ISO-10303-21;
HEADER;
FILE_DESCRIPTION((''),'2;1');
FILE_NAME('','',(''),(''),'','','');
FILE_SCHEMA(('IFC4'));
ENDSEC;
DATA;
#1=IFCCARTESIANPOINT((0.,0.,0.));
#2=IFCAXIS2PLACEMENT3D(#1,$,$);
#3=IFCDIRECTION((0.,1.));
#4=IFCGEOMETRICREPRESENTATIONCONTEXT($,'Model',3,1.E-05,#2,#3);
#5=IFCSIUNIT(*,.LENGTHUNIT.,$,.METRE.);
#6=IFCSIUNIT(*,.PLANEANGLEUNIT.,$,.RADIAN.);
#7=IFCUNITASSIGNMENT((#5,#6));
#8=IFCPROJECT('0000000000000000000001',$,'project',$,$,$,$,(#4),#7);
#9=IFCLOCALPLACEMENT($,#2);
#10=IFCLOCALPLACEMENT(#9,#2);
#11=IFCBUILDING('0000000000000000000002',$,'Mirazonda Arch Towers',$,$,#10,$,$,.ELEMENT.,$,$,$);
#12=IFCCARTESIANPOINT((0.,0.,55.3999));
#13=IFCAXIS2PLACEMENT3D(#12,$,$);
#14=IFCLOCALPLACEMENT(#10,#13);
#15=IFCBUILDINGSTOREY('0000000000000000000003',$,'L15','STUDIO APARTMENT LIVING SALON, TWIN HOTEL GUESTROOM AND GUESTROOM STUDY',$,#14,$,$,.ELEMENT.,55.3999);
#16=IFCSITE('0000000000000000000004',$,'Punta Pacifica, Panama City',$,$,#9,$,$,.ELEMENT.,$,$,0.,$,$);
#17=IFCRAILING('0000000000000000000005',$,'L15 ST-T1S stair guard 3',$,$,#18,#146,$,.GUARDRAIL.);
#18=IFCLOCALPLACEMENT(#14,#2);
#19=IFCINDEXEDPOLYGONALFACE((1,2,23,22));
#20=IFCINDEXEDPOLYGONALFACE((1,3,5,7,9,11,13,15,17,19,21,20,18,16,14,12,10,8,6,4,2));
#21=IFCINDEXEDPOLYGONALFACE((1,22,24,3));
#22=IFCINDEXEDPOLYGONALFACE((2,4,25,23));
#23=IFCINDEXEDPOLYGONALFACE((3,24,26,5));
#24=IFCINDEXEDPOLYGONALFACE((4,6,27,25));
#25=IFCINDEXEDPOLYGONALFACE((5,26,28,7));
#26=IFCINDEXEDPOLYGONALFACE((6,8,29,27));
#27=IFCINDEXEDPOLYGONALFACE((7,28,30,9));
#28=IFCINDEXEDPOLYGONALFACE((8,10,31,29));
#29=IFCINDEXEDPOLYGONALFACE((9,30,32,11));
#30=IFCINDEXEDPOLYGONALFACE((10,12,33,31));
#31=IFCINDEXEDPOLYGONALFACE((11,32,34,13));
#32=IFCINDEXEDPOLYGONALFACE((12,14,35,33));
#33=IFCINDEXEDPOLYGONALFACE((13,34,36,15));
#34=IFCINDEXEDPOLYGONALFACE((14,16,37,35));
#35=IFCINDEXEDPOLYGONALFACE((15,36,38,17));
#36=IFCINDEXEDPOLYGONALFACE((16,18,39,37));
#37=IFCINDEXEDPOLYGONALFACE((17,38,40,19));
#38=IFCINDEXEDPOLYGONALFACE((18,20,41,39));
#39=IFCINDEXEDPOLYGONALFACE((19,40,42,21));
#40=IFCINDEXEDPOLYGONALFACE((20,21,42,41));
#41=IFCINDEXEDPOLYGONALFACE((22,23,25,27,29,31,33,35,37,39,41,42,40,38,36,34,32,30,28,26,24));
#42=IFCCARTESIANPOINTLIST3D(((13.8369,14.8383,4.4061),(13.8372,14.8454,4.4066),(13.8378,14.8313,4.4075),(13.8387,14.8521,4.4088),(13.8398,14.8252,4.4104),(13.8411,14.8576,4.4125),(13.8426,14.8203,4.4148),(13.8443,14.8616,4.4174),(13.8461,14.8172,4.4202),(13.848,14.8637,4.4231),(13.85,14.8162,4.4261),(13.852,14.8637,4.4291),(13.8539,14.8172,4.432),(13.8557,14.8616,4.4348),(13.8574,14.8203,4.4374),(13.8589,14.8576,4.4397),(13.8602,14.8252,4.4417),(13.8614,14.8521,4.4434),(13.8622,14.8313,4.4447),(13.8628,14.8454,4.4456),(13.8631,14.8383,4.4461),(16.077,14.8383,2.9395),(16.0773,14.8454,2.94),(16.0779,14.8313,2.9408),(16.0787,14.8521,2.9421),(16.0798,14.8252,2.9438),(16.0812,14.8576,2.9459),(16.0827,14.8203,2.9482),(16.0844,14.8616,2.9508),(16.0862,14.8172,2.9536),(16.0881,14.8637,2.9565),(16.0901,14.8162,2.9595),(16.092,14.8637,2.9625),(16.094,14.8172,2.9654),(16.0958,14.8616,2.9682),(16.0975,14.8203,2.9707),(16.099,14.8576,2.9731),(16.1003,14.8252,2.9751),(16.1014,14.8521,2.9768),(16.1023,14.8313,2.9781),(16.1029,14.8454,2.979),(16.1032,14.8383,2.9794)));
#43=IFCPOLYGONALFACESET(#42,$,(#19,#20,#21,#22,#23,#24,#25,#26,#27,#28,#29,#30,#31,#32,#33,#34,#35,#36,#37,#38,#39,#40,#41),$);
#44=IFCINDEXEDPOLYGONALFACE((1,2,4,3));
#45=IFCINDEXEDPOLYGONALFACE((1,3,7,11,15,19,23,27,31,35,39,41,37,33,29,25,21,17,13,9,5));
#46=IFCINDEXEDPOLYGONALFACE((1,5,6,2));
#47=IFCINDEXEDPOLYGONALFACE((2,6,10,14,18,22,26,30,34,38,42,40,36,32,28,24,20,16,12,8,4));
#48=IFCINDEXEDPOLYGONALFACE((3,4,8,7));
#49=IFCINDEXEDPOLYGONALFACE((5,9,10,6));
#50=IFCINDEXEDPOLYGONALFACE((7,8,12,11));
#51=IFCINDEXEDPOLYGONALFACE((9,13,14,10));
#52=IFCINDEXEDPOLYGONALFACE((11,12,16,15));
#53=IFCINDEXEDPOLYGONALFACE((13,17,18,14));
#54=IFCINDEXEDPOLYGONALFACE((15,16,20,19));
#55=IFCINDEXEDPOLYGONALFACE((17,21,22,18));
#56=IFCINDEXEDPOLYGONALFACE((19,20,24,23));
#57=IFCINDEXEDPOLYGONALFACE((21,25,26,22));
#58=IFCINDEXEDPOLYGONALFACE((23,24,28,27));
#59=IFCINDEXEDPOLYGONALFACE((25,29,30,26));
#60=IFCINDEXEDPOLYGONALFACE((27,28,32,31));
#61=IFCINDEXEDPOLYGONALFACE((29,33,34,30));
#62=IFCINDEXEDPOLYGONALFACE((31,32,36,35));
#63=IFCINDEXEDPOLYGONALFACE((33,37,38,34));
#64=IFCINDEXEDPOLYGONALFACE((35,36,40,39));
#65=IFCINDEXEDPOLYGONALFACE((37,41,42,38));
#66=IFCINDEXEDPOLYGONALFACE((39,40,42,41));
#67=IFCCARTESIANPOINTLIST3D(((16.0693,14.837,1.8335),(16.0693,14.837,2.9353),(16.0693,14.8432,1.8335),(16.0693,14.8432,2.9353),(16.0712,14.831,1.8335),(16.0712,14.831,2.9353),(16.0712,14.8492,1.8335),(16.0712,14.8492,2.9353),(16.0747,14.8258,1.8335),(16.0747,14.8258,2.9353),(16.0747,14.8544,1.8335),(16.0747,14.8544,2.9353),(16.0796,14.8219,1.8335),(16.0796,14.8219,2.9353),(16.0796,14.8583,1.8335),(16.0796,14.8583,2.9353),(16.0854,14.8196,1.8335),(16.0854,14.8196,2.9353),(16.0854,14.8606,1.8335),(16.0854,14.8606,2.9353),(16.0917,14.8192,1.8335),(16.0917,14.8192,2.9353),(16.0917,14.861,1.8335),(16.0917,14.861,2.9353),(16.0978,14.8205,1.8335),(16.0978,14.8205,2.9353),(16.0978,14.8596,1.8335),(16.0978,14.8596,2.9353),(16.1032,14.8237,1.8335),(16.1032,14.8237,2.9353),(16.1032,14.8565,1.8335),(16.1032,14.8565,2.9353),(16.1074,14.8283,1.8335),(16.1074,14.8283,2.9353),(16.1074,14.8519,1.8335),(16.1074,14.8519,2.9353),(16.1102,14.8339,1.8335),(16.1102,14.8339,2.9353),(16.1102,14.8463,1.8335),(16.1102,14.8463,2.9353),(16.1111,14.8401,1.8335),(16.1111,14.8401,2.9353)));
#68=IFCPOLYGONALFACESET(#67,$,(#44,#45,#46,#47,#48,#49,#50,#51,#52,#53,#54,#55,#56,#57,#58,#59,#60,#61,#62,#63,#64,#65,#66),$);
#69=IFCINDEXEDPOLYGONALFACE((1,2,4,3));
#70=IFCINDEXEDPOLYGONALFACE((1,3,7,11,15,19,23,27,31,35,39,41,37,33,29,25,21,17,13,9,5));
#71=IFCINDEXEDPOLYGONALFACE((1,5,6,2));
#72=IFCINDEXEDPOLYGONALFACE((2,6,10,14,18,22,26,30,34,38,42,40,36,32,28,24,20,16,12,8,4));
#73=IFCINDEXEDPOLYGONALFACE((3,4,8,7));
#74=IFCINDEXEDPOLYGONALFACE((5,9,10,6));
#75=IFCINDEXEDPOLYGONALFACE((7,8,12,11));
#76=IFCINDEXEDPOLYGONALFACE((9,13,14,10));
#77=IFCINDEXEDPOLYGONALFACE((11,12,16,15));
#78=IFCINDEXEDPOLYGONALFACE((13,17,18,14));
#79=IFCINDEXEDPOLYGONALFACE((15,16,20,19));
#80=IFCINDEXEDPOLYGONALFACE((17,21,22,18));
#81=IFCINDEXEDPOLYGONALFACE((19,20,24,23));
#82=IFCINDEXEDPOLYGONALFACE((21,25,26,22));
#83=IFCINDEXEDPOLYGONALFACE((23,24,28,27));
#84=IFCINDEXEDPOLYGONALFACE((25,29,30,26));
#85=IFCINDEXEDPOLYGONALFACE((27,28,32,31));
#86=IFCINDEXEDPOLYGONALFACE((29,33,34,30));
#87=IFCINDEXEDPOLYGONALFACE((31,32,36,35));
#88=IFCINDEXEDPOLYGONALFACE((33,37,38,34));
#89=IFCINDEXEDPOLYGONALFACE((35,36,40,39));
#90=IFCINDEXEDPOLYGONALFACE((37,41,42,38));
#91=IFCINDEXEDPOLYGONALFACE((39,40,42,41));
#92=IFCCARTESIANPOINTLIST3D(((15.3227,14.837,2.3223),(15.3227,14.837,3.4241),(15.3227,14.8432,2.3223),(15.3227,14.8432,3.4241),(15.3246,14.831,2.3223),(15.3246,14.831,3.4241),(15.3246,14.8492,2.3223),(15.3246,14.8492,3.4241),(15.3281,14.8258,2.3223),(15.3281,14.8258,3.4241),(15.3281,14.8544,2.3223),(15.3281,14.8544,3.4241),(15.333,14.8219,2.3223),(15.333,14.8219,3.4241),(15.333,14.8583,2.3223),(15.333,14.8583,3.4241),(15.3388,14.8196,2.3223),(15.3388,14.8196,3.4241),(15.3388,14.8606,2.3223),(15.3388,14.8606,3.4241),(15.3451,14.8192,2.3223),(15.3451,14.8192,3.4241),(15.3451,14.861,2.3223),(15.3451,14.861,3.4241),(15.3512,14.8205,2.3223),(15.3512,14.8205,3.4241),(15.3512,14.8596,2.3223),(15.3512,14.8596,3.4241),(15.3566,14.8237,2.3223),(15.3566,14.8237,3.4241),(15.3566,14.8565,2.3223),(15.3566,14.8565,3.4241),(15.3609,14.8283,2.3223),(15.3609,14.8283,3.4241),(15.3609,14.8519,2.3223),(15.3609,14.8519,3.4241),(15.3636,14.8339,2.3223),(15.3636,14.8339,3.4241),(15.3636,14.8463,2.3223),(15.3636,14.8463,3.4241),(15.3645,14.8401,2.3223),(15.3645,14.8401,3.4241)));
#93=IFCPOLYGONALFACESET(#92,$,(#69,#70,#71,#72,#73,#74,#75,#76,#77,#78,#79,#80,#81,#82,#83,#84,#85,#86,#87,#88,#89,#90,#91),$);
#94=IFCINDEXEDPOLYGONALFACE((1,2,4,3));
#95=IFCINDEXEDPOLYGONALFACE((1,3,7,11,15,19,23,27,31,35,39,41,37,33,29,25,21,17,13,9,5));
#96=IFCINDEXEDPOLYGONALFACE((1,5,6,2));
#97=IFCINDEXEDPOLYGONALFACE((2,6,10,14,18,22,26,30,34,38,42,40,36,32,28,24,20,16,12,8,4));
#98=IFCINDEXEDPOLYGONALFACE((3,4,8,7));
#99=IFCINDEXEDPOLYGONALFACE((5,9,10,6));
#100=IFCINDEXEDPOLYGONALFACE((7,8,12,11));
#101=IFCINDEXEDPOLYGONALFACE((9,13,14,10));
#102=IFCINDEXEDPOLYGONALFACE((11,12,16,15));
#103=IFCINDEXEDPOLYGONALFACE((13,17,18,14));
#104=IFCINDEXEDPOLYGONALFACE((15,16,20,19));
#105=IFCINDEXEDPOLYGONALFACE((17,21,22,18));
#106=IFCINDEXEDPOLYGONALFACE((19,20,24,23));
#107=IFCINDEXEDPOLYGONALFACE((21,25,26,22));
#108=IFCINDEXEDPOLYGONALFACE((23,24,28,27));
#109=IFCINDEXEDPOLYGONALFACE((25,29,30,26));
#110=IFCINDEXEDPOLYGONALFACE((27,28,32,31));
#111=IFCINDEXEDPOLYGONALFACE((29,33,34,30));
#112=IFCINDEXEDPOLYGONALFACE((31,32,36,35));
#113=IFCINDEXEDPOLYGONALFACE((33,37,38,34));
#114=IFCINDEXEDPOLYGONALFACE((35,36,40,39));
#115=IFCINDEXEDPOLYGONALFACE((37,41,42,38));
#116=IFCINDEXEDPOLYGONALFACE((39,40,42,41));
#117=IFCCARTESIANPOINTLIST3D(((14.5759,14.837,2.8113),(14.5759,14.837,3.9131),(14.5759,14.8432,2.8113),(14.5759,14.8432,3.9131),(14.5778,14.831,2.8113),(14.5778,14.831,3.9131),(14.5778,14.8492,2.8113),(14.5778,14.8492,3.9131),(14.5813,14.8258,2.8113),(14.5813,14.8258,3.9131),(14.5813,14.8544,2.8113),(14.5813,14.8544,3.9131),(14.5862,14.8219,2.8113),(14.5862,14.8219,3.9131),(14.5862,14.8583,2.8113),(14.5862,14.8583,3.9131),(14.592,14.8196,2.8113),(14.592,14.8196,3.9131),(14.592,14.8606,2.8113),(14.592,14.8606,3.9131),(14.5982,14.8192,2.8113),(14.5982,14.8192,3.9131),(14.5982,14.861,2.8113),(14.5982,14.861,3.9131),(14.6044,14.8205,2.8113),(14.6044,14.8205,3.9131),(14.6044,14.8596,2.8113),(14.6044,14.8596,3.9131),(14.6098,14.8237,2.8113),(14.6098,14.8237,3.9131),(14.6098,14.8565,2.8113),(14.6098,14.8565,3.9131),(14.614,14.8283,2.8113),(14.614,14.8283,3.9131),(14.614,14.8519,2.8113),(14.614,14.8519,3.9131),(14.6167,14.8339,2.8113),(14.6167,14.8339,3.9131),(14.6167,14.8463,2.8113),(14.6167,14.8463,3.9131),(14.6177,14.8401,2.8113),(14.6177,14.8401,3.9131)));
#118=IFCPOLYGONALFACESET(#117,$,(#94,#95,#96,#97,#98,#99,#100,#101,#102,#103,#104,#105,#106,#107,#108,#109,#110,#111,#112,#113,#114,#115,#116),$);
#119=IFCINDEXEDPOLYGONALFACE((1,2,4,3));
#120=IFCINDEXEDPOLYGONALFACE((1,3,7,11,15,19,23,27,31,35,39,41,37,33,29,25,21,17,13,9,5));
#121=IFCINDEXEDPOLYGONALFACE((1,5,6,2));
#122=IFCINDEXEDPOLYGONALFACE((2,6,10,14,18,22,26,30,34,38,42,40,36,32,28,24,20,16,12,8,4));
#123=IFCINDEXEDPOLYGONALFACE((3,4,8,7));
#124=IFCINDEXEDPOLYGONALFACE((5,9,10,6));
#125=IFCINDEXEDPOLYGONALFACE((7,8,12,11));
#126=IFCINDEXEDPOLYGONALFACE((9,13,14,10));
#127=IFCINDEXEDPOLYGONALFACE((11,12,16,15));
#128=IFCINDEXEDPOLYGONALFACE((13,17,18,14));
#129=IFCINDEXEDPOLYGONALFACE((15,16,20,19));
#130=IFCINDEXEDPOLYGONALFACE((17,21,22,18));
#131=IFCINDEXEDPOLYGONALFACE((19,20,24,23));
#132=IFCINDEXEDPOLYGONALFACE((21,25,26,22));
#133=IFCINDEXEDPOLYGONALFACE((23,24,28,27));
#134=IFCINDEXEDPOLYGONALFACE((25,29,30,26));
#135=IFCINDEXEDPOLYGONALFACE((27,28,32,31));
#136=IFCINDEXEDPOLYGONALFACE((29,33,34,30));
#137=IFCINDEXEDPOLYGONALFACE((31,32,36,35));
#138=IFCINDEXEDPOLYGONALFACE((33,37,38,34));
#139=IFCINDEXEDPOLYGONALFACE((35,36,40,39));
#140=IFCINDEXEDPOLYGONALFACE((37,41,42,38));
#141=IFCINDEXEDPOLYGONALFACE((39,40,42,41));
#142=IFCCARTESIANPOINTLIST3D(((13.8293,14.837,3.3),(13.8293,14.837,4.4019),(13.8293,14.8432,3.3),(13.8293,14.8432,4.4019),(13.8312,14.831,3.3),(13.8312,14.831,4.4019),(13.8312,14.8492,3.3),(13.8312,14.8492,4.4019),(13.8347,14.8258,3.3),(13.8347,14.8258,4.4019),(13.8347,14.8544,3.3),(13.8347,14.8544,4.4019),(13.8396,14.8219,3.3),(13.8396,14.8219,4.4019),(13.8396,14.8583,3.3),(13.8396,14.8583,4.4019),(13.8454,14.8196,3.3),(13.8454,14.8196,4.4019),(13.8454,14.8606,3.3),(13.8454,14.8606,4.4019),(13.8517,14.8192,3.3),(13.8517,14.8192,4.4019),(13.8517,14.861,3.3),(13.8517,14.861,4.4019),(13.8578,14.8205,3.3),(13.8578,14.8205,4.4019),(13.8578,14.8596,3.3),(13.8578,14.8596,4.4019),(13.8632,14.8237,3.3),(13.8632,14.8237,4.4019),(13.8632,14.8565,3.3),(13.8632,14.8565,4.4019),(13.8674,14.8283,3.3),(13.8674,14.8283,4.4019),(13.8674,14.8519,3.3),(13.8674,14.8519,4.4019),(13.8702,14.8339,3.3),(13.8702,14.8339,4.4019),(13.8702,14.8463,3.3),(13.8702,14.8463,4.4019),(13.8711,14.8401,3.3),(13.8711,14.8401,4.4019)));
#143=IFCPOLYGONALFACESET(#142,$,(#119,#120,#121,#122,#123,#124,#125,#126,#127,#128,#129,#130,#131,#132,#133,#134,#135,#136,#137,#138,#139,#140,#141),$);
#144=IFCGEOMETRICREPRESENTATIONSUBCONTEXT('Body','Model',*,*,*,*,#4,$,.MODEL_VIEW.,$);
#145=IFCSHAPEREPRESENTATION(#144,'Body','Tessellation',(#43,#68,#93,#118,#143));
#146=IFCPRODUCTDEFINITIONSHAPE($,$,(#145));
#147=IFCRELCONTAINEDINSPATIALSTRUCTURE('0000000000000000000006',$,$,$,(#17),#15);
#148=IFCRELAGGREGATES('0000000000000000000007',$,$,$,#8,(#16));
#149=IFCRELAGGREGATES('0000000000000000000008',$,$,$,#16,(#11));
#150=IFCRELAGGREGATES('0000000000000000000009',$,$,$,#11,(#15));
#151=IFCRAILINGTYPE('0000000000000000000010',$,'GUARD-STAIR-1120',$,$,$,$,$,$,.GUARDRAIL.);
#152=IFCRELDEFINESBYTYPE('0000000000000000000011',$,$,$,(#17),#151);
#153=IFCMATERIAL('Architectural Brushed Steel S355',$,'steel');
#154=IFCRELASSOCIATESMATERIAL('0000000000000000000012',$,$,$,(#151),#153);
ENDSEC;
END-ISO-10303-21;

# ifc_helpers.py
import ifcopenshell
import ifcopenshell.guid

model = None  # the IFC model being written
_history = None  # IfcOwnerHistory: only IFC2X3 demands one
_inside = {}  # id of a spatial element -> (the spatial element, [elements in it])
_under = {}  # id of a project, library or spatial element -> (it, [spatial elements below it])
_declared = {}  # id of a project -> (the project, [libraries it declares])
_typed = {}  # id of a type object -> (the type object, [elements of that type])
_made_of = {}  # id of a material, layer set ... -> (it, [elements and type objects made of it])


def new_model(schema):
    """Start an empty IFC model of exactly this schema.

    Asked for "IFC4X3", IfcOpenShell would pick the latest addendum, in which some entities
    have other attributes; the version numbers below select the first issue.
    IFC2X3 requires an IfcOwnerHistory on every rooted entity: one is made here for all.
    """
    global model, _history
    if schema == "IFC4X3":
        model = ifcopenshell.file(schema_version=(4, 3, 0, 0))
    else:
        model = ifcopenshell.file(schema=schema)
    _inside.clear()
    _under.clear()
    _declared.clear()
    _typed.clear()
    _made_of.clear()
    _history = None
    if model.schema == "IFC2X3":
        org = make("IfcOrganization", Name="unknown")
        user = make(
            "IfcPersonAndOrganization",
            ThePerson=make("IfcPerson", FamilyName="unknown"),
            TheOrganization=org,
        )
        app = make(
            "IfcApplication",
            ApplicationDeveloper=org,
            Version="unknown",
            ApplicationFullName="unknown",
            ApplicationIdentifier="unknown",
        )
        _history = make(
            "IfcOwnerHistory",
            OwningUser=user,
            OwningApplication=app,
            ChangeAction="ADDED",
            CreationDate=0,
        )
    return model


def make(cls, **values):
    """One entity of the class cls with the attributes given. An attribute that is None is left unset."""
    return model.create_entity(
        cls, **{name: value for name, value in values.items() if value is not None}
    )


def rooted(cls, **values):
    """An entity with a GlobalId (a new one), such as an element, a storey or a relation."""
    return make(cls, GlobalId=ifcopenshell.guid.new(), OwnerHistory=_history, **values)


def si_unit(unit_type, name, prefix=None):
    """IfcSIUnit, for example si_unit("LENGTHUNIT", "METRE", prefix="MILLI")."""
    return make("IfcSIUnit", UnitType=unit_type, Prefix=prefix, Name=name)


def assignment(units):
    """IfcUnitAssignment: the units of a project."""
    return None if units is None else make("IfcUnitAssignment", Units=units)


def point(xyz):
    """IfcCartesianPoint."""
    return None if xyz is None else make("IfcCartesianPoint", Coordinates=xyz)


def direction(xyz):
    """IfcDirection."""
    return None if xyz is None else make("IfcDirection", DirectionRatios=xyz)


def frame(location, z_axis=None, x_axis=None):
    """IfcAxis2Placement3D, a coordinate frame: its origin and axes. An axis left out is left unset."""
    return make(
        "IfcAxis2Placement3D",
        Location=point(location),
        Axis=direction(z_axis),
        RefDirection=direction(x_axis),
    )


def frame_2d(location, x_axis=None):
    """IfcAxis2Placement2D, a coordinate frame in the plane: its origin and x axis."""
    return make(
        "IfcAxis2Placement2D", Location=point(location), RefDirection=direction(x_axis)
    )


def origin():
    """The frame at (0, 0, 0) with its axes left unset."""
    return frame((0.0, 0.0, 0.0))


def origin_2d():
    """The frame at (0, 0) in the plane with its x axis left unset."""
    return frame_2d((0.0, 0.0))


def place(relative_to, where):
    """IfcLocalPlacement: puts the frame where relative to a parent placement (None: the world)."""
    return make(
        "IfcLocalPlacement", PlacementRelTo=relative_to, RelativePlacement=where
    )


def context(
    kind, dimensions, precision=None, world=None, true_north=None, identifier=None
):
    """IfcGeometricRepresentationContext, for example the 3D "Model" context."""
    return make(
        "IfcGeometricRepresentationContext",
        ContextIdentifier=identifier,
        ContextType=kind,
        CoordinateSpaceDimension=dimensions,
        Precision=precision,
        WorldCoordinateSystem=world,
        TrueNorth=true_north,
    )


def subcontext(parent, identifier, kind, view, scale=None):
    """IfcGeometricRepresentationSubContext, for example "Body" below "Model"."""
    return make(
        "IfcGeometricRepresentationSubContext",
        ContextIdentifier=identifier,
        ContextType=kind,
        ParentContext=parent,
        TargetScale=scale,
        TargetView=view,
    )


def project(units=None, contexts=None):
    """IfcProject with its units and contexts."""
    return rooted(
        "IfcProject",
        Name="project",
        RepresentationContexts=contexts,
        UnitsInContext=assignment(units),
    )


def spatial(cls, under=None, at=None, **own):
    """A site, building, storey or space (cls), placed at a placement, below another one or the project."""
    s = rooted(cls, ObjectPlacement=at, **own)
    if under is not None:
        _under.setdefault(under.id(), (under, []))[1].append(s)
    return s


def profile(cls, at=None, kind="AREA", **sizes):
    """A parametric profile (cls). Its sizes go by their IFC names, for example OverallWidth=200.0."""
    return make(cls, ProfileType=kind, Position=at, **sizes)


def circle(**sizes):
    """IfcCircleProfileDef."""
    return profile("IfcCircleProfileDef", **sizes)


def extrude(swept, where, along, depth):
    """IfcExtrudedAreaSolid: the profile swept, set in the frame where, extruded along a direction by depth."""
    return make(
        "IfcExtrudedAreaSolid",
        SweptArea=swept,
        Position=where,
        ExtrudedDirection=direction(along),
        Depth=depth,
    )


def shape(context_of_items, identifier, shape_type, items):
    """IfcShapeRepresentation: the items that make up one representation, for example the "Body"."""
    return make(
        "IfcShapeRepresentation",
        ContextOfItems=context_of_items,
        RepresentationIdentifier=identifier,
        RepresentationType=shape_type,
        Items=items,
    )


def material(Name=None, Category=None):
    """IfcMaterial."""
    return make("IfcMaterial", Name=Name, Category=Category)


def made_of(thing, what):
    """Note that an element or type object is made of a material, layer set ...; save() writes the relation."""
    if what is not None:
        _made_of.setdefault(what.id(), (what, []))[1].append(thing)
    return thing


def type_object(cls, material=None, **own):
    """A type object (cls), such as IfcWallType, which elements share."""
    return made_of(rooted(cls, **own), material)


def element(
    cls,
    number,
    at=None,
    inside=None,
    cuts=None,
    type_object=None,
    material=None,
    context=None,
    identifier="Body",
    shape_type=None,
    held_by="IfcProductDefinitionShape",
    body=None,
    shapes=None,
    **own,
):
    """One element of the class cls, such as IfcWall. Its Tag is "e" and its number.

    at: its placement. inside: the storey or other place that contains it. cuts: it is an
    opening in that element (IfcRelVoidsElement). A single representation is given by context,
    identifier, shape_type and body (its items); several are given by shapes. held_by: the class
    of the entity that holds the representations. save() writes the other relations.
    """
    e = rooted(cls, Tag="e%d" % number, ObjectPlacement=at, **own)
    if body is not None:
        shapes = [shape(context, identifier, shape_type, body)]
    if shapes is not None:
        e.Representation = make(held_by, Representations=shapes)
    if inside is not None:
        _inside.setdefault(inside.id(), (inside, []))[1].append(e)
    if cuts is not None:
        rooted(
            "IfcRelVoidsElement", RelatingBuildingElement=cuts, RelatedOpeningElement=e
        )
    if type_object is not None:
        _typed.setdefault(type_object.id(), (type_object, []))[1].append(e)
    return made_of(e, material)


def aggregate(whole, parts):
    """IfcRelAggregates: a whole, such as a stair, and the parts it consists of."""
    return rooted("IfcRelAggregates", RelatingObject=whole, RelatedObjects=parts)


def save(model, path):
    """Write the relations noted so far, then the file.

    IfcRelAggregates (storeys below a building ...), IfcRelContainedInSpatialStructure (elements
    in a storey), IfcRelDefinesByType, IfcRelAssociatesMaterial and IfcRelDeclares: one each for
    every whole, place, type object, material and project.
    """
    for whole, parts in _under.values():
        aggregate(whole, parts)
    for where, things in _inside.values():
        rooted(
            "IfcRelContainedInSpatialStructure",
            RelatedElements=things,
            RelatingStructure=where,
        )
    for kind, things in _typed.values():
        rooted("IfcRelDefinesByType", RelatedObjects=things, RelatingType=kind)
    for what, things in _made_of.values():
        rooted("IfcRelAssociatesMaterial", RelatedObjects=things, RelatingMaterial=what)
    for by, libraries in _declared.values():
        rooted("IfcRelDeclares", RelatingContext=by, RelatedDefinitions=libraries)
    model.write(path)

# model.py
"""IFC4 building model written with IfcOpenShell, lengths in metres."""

from ifc_helpers import new_model, si_unit, direction, frame, origin, origin_2d, place, context, subcontext, project, spatial, circle, extrude, material, type_object, element, save


model = new_model("IFC4")

# Units and contexts
model_context = context("Model", 3, precision=1e-05, world=origin(), true_north=direction((0.0, 1.0)))
body_context = subcontext(model_context, "Body", "Model", "MODEL_VIEW")
ifc_project = project(units=[si_unit("LENGTHUNIT", "METRE"), si_unit("PLANEANGLEUNIT", "RADIAN")], contexts=[model_context])

# Site, building, storey
site_placement = place(None, origin())
site = spatial("IfcSite", under=ifc_project, at=site_placement, Name="Punta Pacifica, Panama City", CompositionType="ELEMENT", RefElevation=0.0)
building_placement = place(site_placement, origin())
building = spatial("IfcBuilding", under=site, at=building_placement, Name="Mirazonda Arch Towers", CompositionType="ELEMENT")
storey_placement = place(building_placement, frame((0.0, 0.0, 55.3999)))
storey = spatial("IfcBuildingStorey", under=building, at=storey_placement, Name="L15", Description="STUDIO APARTMENT LIVING SALON, TWIN HOTEL GUESTROOM AND GUESTROOM STUDY", CompositionType="ELEMENT", Elevation=55.3999)

# Railing
ifc_material_1 = material(Name="Architectural Brushed Steel S355", Category="steel")
railing_type_1 = type_object("IfcRailingType", Name="GUARD-STAIR-1120", PredefinedType="GUARDRAIL", material=ifc_material_1)
railing_1_placement = place(storey_placement, frame((16.0901, 14.8401, 1.8335)))
element("IfcRailing", 1, at=railing_1_placement, inside=storey, type_object=railing_type_1, Name="L15 ST-T1S stair guard 3", PredefinedType="GUARDRAIL", context=body_context, shape_type="SweptSolid", body=[
    extrude(circle(Radius=0.0239, at=origin_2d()), frame((0.0, 0.0, 1.126), z_axis=(-0.836637, 0.0, 0.547758), x_axis=(0.0, -1.0, 0.0)), (0.0, 0.0, 1.0), 2.6775),
    extrude(circle(Radius=0.021, at=origin_2d()), origin(), (0.0, 0.0, 1.0), 1.1018),
    extrude(circle(Radius=0.021, at=origin_2d()), frame((-0.7466, 0.0, 0.4888)), (0.0, 0.0, 1.0), 1.1018),
    extrude(circle(Radius=0.021, at=origin_2d()), frame((-1.4934, 0.0, 0.9778)), (0.0, 0.0, 1.0), 1.1018),
    extrude(circle(Radius=0.021, at=origin_2d()), frame((-2.24, 0.0, 1.4666)), (0.0, 0.0, 1.0), 1.1018),
])

save(model, "model.ifc")
